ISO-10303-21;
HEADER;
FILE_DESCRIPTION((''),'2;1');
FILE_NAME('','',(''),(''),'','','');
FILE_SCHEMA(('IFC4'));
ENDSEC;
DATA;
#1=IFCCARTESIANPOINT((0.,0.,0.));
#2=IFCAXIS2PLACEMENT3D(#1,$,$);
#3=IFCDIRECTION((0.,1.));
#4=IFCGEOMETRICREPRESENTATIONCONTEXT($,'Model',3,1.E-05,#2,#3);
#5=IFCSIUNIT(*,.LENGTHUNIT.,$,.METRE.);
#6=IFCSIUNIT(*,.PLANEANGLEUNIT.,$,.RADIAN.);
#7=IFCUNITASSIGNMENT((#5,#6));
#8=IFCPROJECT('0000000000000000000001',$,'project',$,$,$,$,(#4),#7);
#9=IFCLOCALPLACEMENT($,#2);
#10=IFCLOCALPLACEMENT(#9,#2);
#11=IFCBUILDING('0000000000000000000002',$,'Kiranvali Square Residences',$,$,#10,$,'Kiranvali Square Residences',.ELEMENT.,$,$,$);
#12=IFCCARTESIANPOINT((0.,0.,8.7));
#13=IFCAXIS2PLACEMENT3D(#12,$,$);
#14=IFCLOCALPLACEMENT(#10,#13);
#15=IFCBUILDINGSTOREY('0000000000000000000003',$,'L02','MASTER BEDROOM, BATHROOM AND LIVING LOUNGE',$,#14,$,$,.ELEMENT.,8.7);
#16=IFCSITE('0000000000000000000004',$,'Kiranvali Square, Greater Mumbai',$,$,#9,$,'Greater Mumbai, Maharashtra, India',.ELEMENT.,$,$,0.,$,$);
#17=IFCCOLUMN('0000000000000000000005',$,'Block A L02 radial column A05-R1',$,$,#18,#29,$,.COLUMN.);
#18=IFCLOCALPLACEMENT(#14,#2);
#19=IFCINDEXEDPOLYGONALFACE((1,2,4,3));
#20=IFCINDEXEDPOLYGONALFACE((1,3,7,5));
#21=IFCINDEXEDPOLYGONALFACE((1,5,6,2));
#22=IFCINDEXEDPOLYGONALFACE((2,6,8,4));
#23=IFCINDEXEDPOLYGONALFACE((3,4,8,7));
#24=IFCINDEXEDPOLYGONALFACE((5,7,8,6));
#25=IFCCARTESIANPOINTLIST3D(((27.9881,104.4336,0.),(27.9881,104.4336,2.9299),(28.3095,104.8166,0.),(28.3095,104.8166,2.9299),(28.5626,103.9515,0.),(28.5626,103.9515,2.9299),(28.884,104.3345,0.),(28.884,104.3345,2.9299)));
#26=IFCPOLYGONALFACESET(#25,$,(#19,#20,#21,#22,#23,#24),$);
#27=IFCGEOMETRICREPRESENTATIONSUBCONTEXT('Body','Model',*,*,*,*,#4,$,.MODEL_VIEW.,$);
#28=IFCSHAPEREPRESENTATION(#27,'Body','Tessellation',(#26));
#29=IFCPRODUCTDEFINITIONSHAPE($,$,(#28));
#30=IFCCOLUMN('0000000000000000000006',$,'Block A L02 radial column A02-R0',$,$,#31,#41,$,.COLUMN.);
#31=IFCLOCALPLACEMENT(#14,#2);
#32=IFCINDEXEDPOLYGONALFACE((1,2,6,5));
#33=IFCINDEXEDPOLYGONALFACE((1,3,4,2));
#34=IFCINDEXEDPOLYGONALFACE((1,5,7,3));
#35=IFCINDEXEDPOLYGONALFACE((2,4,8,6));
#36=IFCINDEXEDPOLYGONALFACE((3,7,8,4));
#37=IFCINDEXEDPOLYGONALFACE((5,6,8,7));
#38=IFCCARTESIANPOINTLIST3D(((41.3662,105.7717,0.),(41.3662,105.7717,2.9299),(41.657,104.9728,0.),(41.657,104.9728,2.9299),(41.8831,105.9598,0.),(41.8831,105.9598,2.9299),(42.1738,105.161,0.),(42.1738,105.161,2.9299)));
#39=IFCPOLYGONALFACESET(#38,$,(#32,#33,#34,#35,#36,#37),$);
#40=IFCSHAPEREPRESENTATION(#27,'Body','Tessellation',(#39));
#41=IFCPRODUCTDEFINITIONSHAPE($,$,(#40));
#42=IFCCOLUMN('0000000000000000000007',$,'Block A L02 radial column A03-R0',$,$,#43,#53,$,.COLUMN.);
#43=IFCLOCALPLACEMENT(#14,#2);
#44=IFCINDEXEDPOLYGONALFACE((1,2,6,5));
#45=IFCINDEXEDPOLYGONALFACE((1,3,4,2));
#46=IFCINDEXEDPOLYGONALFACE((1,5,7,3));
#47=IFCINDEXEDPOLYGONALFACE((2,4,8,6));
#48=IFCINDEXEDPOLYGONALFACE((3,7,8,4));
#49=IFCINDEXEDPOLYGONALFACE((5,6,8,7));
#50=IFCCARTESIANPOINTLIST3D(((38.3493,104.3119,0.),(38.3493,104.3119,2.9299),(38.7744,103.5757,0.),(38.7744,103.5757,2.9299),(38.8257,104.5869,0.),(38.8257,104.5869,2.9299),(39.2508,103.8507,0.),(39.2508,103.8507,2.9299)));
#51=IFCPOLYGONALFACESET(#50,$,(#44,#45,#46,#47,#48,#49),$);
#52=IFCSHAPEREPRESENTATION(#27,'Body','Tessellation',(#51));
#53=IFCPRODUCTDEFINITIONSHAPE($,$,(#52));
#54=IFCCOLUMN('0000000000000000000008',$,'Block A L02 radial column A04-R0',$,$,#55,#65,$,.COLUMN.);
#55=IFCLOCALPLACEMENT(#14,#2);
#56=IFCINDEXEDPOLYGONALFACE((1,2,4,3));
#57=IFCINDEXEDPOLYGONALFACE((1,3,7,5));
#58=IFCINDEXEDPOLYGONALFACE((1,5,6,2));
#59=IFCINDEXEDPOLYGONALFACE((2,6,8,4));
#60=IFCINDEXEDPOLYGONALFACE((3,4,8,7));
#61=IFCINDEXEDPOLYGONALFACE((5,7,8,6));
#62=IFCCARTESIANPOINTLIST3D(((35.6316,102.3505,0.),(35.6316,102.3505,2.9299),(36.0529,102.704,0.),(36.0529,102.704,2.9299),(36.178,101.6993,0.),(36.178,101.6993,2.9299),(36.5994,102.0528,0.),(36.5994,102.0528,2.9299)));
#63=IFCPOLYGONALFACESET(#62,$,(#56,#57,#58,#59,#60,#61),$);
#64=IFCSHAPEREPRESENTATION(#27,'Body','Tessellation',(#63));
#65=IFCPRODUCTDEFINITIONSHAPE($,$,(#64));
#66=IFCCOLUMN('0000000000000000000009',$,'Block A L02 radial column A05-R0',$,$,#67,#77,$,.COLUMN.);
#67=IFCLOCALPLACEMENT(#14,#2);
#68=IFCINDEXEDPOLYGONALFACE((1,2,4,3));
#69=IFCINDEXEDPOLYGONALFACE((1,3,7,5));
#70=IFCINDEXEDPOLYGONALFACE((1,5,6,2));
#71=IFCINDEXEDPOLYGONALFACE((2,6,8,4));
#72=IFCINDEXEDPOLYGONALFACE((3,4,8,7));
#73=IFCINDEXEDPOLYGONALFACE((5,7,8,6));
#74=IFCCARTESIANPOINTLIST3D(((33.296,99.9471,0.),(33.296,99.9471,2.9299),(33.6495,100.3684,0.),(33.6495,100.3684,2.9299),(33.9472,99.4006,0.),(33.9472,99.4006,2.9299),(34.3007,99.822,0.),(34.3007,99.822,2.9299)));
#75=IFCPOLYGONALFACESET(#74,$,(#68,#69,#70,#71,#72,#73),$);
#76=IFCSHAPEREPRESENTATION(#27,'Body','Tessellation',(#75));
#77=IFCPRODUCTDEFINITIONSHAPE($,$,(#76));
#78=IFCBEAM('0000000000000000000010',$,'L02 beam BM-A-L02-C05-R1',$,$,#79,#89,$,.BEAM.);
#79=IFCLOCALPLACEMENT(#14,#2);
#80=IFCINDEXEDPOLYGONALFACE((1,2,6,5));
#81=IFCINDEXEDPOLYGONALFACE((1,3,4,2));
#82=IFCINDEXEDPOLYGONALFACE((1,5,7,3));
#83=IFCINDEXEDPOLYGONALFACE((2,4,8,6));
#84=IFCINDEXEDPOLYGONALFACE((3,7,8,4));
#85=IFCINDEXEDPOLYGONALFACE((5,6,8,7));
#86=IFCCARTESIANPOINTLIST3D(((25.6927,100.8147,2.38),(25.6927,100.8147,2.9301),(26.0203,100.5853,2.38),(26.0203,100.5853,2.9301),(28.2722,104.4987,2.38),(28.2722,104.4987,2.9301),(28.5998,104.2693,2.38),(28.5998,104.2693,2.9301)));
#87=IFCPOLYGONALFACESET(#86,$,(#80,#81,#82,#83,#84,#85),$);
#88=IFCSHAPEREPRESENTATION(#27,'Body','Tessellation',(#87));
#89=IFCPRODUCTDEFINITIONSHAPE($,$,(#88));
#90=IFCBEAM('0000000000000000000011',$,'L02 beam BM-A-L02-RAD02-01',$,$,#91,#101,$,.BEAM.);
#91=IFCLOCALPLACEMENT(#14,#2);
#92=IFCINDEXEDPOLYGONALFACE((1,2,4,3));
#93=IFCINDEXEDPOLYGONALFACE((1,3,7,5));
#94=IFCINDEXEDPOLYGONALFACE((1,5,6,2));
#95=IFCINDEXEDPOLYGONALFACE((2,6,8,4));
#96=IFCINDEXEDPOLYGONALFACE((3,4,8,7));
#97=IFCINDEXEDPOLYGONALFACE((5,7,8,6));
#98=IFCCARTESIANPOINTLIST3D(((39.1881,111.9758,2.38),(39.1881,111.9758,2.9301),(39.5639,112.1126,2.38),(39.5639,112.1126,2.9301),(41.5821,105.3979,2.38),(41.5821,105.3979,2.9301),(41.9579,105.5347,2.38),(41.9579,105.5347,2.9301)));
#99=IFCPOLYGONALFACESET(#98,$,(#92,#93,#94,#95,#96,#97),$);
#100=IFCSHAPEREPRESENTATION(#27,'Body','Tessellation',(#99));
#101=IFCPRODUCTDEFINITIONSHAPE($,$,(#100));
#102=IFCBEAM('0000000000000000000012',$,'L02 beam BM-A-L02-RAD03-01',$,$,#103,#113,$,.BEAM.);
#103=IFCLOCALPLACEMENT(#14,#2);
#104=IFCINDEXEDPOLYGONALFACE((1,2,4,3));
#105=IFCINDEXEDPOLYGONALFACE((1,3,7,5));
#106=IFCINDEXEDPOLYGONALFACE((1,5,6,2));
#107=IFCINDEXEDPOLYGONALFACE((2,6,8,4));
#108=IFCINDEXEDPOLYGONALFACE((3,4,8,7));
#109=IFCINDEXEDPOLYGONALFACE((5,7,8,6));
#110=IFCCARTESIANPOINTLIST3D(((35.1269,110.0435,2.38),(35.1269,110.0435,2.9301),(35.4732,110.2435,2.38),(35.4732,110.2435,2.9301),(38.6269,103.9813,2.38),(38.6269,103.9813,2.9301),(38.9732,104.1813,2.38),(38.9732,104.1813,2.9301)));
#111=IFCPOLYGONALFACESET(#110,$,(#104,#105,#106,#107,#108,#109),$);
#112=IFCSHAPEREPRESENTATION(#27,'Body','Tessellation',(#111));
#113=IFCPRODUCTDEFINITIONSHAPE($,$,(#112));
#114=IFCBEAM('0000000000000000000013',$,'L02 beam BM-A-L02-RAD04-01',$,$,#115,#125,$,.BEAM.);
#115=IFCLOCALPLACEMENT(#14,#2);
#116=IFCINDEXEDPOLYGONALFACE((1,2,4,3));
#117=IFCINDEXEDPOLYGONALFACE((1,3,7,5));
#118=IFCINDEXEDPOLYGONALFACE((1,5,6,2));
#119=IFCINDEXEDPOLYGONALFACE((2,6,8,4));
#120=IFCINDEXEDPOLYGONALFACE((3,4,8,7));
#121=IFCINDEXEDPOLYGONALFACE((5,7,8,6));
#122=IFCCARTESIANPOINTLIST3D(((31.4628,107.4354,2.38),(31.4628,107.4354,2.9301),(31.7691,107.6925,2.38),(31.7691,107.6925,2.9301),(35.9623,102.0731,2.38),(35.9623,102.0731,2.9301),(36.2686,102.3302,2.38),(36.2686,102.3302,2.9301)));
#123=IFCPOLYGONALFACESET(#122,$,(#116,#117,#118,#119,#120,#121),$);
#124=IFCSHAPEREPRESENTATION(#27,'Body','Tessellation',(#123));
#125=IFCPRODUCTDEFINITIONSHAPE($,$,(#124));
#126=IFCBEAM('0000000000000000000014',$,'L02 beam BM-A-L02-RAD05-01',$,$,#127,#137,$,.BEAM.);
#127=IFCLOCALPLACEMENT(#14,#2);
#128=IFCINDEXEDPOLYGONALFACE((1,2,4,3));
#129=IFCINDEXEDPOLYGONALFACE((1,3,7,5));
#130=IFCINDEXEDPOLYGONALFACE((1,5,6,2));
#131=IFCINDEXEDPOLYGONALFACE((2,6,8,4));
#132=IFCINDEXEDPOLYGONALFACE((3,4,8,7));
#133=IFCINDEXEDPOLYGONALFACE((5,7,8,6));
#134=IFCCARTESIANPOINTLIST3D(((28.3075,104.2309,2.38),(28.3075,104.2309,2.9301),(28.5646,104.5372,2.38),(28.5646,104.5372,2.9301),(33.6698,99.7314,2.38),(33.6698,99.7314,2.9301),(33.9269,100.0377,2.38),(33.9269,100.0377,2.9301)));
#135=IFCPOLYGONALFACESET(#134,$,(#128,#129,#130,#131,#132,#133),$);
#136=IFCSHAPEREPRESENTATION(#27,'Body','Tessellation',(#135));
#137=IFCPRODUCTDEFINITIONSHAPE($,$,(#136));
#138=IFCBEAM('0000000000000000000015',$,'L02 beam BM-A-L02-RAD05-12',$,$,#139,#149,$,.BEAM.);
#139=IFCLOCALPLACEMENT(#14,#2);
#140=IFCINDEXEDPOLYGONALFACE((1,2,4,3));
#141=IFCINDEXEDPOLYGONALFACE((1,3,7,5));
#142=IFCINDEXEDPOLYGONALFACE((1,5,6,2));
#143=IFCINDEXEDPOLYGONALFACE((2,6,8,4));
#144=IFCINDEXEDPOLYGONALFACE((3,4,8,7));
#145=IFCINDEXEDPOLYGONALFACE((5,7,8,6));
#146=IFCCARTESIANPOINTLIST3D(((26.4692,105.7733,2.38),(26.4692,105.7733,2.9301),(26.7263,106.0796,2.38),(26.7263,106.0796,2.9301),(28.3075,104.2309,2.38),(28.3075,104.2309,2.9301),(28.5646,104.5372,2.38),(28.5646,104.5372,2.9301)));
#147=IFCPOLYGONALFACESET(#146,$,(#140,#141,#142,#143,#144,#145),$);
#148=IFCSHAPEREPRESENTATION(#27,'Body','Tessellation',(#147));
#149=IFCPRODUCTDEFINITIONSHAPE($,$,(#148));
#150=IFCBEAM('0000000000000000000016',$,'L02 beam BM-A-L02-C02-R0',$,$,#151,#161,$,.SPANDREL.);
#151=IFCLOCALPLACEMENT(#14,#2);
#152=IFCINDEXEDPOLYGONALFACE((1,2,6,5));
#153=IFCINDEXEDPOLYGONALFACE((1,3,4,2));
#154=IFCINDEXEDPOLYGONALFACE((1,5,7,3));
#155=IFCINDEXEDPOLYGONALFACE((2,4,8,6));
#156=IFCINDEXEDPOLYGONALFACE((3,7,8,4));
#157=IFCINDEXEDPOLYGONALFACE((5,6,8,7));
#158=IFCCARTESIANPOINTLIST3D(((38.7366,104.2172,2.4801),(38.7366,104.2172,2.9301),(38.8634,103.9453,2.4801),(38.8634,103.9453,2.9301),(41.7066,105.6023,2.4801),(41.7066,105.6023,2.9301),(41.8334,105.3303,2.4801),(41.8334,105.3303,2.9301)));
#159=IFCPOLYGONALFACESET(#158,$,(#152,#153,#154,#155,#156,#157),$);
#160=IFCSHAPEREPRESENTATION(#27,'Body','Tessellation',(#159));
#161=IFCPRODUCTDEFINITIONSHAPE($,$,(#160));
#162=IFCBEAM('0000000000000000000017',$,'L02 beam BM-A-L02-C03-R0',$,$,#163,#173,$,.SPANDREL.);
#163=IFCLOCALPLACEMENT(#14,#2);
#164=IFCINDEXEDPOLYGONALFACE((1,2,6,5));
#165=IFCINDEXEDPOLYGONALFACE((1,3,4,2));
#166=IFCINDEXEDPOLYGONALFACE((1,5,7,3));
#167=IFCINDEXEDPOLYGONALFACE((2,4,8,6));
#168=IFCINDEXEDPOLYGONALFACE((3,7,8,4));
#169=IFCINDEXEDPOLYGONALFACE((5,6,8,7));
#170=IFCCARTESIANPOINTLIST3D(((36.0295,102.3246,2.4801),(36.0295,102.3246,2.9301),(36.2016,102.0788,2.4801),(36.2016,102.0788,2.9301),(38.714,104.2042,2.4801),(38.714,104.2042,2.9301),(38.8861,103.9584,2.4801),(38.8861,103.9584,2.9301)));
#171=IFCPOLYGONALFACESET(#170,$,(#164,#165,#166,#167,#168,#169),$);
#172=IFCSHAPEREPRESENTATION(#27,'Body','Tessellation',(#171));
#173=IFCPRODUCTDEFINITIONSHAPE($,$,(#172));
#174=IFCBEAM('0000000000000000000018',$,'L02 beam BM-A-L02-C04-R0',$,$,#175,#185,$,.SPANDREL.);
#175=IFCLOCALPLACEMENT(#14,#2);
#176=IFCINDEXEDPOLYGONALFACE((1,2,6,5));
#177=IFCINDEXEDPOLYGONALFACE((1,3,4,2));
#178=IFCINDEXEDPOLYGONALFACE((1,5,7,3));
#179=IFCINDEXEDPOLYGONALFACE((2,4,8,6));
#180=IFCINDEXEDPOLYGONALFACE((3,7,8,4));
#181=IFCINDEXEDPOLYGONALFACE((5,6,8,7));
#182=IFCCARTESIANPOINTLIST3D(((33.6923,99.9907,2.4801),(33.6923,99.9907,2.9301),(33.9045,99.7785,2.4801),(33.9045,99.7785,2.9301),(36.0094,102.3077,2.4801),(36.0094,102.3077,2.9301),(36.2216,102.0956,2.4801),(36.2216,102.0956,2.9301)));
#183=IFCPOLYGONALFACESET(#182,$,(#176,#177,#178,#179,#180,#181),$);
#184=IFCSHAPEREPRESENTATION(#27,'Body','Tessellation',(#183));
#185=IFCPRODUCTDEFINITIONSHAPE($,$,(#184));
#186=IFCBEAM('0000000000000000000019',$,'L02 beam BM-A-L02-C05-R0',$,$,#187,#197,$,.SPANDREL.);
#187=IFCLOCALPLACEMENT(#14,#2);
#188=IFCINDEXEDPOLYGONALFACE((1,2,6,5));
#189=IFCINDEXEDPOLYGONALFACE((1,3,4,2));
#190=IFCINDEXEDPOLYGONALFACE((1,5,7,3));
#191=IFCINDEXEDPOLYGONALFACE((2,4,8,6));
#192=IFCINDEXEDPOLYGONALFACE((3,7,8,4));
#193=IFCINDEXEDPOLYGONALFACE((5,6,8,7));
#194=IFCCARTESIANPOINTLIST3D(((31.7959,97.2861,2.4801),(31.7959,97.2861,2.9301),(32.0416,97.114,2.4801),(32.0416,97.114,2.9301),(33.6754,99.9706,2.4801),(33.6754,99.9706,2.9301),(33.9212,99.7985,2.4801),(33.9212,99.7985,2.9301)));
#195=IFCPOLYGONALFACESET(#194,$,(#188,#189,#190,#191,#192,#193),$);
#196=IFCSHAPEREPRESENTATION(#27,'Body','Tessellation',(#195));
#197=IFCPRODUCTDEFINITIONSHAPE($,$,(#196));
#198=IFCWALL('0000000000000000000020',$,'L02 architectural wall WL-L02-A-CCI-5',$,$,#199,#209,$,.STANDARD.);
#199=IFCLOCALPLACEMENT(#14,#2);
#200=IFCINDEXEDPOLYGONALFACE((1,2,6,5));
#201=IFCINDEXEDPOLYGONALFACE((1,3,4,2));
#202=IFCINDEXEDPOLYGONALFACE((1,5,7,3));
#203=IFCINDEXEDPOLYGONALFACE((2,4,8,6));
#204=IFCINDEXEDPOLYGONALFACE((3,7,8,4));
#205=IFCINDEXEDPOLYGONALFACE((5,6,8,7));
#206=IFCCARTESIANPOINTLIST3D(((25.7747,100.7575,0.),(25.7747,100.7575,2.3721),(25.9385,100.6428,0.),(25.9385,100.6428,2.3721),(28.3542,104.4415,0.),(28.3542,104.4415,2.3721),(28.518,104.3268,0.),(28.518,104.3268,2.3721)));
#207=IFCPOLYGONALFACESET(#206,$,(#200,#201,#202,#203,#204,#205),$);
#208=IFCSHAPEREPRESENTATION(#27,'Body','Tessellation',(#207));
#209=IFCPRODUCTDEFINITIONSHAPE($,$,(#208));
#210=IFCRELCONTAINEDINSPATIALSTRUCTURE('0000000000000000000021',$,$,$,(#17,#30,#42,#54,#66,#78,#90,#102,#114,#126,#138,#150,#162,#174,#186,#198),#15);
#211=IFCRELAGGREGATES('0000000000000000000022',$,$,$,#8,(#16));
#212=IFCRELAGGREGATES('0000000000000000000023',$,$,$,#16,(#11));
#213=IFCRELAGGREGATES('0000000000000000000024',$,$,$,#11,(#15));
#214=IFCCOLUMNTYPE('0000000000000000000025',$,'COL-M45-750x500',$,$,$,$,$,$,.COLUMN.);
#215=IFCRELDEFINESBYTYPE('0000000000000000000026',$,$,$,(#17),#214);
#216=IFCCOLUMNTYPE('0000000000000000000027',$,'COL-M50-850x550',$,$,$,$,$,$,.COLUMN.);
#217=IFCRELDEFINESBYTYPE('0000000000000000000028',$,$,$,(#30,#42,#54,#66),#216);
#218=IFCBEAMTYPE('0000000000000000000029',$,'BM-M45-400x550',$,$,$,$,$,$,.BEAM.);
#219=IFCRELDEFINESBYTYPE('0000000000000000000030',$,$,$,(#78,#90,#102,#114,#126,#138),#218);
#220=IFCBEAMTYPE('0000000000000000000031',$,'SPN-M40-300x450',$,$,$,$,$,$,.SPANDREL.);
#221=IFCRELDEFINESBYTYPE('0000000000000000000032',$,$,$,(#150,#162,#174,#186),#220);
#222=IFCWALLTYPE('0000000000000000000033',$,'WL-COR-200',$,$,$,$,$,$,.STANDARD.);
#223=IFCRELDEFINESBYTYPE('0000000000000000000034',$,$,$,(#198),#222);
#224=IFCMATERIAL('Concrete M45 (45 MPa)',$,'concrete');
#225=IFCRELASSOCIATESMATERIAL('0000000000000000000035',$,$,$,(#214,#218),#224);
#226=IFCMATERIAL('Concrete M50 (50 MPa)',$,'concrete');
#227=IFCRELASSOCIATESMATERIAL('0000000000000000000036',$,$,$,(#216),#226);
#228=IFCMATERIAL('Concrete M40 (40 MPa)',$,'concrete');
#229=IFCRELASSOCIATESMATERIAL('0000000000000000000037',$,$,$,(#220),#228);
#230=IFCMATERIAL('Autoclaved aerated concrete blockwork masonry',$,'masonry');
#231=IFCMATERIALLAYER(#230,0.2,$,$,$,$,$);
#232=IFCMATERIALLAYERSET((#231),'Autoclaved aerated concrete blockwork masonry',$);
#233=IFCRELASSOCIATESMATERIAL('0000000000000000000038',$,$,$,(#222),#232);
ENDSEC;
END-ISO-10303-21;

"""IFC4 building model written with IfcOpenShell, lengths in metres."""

from ifc_helpers import new_model, si_unit, direction, frame, frame_2d, origin, origin_2d, place, context, subcontext, project, spatial, rectangle, extrude, material, layer, layer_set, material_profile, profile_set, type_object, element, save


model = new_model("IFC4")

# Units and contexts
model_context = context("Model", 3, precision=1e-05, world=origin(), true_north=direction((0.0, 1.0)))
body_context = subcontext(model_context, "Body", "Model", "MODEL_VIEW")
ifc_project = project(units=[si_unit("LENGTHUNIT", "METRE"), si_unit("PLANEANGLEUNIT", "RADIAN")], contexts=[model_context])

# Site, building, storey
site_placement = place(None, origin())
site = spatial("IfcSite", under=ifc_project, at=site_placement, Name="Kiranvali Square, Greater Mumbai", LongName="Greater Mumbai, Maharashtra, India", CompositionType="ELEMENT", RefElevation=0.0)
building_placement = place(site_placement, origin())
building = spatial("IfcBuilding", under=site, at=building_placement, Name="Kiranvali Square Residences", LongName="Kiranvali Square Residences", CompositionType="ELEMENT")
storey_placement = place(building_placement, frame((0.0, 0.0, 8.7)))
storey = spatial("IfcBuildingStorey", under=building, at=storey_placement, Name="L02", Description="MASTER BEDROOM, BATHROOM AND LIVING LOUNGE", CompositionType="ELEMENT", Elevation=8.7)

# Columns
ifc_material_1 = material(Name="Concrete M45 (45 MPa)", Category="concrete")
ifc_material_profile_1 = material_profile(ifc_material_1, rectangle(XDim=0.5, YDim=0.75, at=origin_2d()), Name="RC 750x500")
ifc_profile_set_1 = profile_set([ifc_material_profile_1], Name="Concrete M45 (45 MPa)")
column_type_1 = type_object("IfcColumnType", Name="COL-M45-750x500", PredefinedType="COLUMN", material=ifc_profile_set_1)
column_placement = place(storey_placement, frame((28.436, 104.384, 0.0), z_axis=(0.0, 0.0, 1.0), x_axis=(0.642788, 0.766044, 0.0)))
element("IfcColumn", 1, at=column_placement, inside=storey, type_object=column_type_1, Name="Block A L02 radial column A05-R1", PredefinedType="COLUMN", context=body_context, shape_type="SweptSolid", body=[
    extrude(rectangle(XDim=0.5, YDim=0.75, at=origin_2d()), origin(), (0.0, 0.0, 1.0), 2.9299),
])
ifc_material_2 = material(Name="Concrete M50 (50 MPa)", Category="concrete")
ifc_material_profile_2 = material_profile(ifc_material_2, rectangle(XDim=0.55, YDim=0.8501, at=origin_2d()), Name="RC 850x550")
ifc_profile_set_2 = profile_set([ifc_material_profile_2], Name="Concrete M50 (50 MPa)")
column_type_2 = type_object("IfcColumnType", Name="COL-M50-850x550", PredefinedType="COLUMN", material=ifc_profile_set_2)
for number, where, z_axis, x_axis, name in (
    (2, (41.77, 105.4663, 0.0), (0.0, 0.0, 1.0), (0.939693, 0.34202, 0.0), "Block A L02 radial column A02-R0"),
    (3, (38.8, 104.0813, 0.0), (0.0, 0.0, 1.0), (0.866025, 0.5, 0.0), "Block A L02 radial column A03-R0"),
    (4, (36.1155, 102.2017, 0.0), (0.0, 0.0, 1.0), (0.766044, 0.642788, 0.0), "Block A L02 radial column A04-R0"),
    (5, (33.7983, 99.8845, 0.0), (0.0, 0.0, 1.0), (0.642788, 0.766044, 0.0), "Block A L02 radial column A05-R0"),
):
    element("IfcColumn", number, at=place(storey_placement, frame(where, z_axis=z_axis, x_axis=x_axis)), inside=storey, type_object=column_type_2, Name=name, PredefinedType="COLUMN", context=body_context, shape_type="SweptSolid", body=[
        extrude(rectangle(XDim=0.55, YDim=0.8501, at=origin_2d()), origin(), (0.0, 0.0, 1.0), 2.9299),
    ])

# Beams
ifc_material_profile_3 = material_profile(ifc_material_1, rectangle(XDim=0.3999, YDim=0.55, at=origin_2d()), Name="RC 400x550")
ifc_profile_set_3 = profile_set([ifc_material_profile_3], Name="Concrete M45 (45 MPa)")
beam_type_1 = type_object("IfcBeamType", Name="BM-M45-400x550", PredefinedType="BEAM", material=ifc_profile_set_3)
beam_1_placement = place(storey_placement, frame((28.436, 104.384, 2.655), z_axis=(-0.573572, -0.819155, 0.0), x_axis=(0.819155, -0.573572, 0.0)))
element("IfcBeam", 6, at=beam_1_placement, inside=storey, type_object=beam_type_1, Name="L02 beam BM-A-L02-C05-R1", PredefinedType="BEAM", context=body_context, shape_type="SweptSolid", body=[
    extrude(rectangle(XDim=0.3999, YDim=0.55, at=origin_2d()), origin(), (0.0, 0.0, 1.0), 4.4973),
])
for number, where, z_axis, x_axis, name in (
    (7, (41.77, 105.4663, 2.655), (-0.342006, 0.939698, 0.0), (-0.939698, -0.342006, 0.0), "L02 beam BM-A-L02-RAD02-01"),
    (8, (38.8, 104.0813, 2.655), (-0.499995, 0.866028, 0.0), (-0.866028, -0.499995, 0.0), "L02 beam BM-A-L02-RAD03-01"),
    (9, (36.1155, 102.2017, 2.655), (-0.642788, 0.766044, 0.0), (-0.766044, -0.642788, 0.0), "L02 beam BM-A-L02-RAD04-01"),
    (10, (33.7983, 99.8845, 2.655), (-0.766044, 0.642788, 0.0), (-0.642788, -0.766044, 0.0), "L02 beam BM-A-L02-RAD05-01"),
):
    element("IfcBeam", number, at=place(storey_placement, frame(where, z_axis=z_axis, x_axis=x_axis)), inside=storey, type_object=beam_type_1, Name=name, PredefinedType="BEAM", context=body_context, shape_type="SweptSolid", body=[
        extrude(rectangle(XDim=0.3999, YDim=0.55, at=origin_2d()), origin(), (0.0, 0.0, 1.0), 7.0),
    ])
beam_2_placement = place(storey_placement, frame((28.436, 104.384, 2.655), z_axis=(-0.766065, 0.642763, 0.0), x_axis=(-0.642763, -0.766065, 0.0)))
element("IfcBeam", 11, at=beam_2_placement, inside=storey, type_object=beam_type_1, Name="L02 beam BM-A-L02-RAD05-12", PredefinedType="BEAM", context=body_context, shape_type="SweptSolid", body=[
    extrude(rectangle(XDim=0.3999, YDim=0.55, at=origin_2d()), origin(), (0.0, 0.0, 1.0), 2.3997),
])
ifc_material_3 = material(Name="Concrete M40 (40 MPa)", Category="concrete")
ifc_material_profile_4 = material_profile(ifc_material_3, rectangle(XDim=0.3, YDim=0.45, at=origin_2d()), Name="RC 300x450")
ifc_profile_set_4 = profile_set([ifc_material_profile_4], Name="Concrete M40 (40 MPa)")
beam_type_2 = type_object("IfcBeamType", Name="SPN-M40-300x450", PredefinedType="SPANDREL", material=ifc_profile_set_4)
for number, where, z_axis, x_axis, name in (
    (12, (41.77, 105.4663, 2.7051), (-0.906297, -0.422641, 0.0), (0.422641, -0.906297, 0.0), "L02 beam BM-A-L02-C02-R0"),
    (13, (38.8, 104.0813, 2.7051), (-0.819169, -0.573552, 0.0), (0.573552, -0.819169, 0.0), "L02 beam BM-A-L02-C03-R0"),
):
    element("IfcBeam", number, at=place(storey_placement, frame(where, z_axis=z_axis, x_axis=x_axis)), inside=storey, type_object=beam_type_2, Name=name, PredefinedType="SPANDREL", context=body_context, shape_type="SweptSolid", body=[
        extrude(rectangle(XDim=0.3, YDim=0.45, at=origin_2d()), origin(), (0.0, 0.0, 1.0), 3.2771),
    ])
beam_3_placement = place(storey_placement, frame((36.1155, 102.2017, 2.7051), z_axis=(-0.707107, -0.707107, 0.0), x_axis=(0.707107, -0.707107, 0.0)))
element("IfcBeam", 14, at=beam_3_placement, inside=storey, type_object=beam_type_2, Name="L02 beam BM-A-L02-C04-R0", PredefinedType="SPANDREL", context=body_context, shape_type="SweptSolid", body=[
    extrude(rectangle(XDim=0.3, YDim=0.45, at=origin_2d()), origin(), (0.0, 0.0, 1.0), 3.2769),
])
beam_4_placement = place(storey_placement, frame((33.7983, 99.8845, 2.7051), z_axis=(-0.573552, -0.819169, 0.0), x_axis=(0.819169, -0.573552, 0.0)))
element("IfcBeam", 15, at=beam_4_placement, inside=storey, type_object=beam_type_2, Name="L02 beam BM-A-L02-C05-R0", PredefinedType="SPANDREL", context=body_context, shape_type="SweptSolid", body=[
    extrude(rectangle(XDim=0.3, YDim=0.45, at=origin_2d()), origin(), (0.0, 0.0, 1.0), 3.2771),
])

# Wall
ifc_material_4 = material(Name="Autoclaved aerated concrete blockwork masonry", Category="masonry")
ifc_layer_1 = layer(ifc_material_4, 0.2)
ifc_layer_set_1 = layer_set([ifc_layer_1], Name="Autoclaved aerated concrete blockwork masonry")
wall_type_1 = type_object("IfcWallType", Name="WL-COR-200", PredefinedType="STANDARD", material=ifc_layer_set_1)
wall_1_placement = place(storey_placement, frame((28.436, 104.384, 0.0), z_axis=(0.0, 0.0, 1.0), x_axis=(-0.573572, -0.819155, 0.0)))
element("IfcWall", 16, at=wall_1_placement, inside=storey, type_object=wall_type_1, Name="L02 architectural wall WL-L02-A-CCI-5", PredefinedType="STANDARD", context=body_context, shape_type="SweptSolid", body=[
    extrude(rectangle(XDim=4.4973, YDim=0.2, at=frame_2d((2.2485, 0.0))), origin(), (0.0, 0.0, 1.0), 2.3721),
])

save(model, "model.ifc")
